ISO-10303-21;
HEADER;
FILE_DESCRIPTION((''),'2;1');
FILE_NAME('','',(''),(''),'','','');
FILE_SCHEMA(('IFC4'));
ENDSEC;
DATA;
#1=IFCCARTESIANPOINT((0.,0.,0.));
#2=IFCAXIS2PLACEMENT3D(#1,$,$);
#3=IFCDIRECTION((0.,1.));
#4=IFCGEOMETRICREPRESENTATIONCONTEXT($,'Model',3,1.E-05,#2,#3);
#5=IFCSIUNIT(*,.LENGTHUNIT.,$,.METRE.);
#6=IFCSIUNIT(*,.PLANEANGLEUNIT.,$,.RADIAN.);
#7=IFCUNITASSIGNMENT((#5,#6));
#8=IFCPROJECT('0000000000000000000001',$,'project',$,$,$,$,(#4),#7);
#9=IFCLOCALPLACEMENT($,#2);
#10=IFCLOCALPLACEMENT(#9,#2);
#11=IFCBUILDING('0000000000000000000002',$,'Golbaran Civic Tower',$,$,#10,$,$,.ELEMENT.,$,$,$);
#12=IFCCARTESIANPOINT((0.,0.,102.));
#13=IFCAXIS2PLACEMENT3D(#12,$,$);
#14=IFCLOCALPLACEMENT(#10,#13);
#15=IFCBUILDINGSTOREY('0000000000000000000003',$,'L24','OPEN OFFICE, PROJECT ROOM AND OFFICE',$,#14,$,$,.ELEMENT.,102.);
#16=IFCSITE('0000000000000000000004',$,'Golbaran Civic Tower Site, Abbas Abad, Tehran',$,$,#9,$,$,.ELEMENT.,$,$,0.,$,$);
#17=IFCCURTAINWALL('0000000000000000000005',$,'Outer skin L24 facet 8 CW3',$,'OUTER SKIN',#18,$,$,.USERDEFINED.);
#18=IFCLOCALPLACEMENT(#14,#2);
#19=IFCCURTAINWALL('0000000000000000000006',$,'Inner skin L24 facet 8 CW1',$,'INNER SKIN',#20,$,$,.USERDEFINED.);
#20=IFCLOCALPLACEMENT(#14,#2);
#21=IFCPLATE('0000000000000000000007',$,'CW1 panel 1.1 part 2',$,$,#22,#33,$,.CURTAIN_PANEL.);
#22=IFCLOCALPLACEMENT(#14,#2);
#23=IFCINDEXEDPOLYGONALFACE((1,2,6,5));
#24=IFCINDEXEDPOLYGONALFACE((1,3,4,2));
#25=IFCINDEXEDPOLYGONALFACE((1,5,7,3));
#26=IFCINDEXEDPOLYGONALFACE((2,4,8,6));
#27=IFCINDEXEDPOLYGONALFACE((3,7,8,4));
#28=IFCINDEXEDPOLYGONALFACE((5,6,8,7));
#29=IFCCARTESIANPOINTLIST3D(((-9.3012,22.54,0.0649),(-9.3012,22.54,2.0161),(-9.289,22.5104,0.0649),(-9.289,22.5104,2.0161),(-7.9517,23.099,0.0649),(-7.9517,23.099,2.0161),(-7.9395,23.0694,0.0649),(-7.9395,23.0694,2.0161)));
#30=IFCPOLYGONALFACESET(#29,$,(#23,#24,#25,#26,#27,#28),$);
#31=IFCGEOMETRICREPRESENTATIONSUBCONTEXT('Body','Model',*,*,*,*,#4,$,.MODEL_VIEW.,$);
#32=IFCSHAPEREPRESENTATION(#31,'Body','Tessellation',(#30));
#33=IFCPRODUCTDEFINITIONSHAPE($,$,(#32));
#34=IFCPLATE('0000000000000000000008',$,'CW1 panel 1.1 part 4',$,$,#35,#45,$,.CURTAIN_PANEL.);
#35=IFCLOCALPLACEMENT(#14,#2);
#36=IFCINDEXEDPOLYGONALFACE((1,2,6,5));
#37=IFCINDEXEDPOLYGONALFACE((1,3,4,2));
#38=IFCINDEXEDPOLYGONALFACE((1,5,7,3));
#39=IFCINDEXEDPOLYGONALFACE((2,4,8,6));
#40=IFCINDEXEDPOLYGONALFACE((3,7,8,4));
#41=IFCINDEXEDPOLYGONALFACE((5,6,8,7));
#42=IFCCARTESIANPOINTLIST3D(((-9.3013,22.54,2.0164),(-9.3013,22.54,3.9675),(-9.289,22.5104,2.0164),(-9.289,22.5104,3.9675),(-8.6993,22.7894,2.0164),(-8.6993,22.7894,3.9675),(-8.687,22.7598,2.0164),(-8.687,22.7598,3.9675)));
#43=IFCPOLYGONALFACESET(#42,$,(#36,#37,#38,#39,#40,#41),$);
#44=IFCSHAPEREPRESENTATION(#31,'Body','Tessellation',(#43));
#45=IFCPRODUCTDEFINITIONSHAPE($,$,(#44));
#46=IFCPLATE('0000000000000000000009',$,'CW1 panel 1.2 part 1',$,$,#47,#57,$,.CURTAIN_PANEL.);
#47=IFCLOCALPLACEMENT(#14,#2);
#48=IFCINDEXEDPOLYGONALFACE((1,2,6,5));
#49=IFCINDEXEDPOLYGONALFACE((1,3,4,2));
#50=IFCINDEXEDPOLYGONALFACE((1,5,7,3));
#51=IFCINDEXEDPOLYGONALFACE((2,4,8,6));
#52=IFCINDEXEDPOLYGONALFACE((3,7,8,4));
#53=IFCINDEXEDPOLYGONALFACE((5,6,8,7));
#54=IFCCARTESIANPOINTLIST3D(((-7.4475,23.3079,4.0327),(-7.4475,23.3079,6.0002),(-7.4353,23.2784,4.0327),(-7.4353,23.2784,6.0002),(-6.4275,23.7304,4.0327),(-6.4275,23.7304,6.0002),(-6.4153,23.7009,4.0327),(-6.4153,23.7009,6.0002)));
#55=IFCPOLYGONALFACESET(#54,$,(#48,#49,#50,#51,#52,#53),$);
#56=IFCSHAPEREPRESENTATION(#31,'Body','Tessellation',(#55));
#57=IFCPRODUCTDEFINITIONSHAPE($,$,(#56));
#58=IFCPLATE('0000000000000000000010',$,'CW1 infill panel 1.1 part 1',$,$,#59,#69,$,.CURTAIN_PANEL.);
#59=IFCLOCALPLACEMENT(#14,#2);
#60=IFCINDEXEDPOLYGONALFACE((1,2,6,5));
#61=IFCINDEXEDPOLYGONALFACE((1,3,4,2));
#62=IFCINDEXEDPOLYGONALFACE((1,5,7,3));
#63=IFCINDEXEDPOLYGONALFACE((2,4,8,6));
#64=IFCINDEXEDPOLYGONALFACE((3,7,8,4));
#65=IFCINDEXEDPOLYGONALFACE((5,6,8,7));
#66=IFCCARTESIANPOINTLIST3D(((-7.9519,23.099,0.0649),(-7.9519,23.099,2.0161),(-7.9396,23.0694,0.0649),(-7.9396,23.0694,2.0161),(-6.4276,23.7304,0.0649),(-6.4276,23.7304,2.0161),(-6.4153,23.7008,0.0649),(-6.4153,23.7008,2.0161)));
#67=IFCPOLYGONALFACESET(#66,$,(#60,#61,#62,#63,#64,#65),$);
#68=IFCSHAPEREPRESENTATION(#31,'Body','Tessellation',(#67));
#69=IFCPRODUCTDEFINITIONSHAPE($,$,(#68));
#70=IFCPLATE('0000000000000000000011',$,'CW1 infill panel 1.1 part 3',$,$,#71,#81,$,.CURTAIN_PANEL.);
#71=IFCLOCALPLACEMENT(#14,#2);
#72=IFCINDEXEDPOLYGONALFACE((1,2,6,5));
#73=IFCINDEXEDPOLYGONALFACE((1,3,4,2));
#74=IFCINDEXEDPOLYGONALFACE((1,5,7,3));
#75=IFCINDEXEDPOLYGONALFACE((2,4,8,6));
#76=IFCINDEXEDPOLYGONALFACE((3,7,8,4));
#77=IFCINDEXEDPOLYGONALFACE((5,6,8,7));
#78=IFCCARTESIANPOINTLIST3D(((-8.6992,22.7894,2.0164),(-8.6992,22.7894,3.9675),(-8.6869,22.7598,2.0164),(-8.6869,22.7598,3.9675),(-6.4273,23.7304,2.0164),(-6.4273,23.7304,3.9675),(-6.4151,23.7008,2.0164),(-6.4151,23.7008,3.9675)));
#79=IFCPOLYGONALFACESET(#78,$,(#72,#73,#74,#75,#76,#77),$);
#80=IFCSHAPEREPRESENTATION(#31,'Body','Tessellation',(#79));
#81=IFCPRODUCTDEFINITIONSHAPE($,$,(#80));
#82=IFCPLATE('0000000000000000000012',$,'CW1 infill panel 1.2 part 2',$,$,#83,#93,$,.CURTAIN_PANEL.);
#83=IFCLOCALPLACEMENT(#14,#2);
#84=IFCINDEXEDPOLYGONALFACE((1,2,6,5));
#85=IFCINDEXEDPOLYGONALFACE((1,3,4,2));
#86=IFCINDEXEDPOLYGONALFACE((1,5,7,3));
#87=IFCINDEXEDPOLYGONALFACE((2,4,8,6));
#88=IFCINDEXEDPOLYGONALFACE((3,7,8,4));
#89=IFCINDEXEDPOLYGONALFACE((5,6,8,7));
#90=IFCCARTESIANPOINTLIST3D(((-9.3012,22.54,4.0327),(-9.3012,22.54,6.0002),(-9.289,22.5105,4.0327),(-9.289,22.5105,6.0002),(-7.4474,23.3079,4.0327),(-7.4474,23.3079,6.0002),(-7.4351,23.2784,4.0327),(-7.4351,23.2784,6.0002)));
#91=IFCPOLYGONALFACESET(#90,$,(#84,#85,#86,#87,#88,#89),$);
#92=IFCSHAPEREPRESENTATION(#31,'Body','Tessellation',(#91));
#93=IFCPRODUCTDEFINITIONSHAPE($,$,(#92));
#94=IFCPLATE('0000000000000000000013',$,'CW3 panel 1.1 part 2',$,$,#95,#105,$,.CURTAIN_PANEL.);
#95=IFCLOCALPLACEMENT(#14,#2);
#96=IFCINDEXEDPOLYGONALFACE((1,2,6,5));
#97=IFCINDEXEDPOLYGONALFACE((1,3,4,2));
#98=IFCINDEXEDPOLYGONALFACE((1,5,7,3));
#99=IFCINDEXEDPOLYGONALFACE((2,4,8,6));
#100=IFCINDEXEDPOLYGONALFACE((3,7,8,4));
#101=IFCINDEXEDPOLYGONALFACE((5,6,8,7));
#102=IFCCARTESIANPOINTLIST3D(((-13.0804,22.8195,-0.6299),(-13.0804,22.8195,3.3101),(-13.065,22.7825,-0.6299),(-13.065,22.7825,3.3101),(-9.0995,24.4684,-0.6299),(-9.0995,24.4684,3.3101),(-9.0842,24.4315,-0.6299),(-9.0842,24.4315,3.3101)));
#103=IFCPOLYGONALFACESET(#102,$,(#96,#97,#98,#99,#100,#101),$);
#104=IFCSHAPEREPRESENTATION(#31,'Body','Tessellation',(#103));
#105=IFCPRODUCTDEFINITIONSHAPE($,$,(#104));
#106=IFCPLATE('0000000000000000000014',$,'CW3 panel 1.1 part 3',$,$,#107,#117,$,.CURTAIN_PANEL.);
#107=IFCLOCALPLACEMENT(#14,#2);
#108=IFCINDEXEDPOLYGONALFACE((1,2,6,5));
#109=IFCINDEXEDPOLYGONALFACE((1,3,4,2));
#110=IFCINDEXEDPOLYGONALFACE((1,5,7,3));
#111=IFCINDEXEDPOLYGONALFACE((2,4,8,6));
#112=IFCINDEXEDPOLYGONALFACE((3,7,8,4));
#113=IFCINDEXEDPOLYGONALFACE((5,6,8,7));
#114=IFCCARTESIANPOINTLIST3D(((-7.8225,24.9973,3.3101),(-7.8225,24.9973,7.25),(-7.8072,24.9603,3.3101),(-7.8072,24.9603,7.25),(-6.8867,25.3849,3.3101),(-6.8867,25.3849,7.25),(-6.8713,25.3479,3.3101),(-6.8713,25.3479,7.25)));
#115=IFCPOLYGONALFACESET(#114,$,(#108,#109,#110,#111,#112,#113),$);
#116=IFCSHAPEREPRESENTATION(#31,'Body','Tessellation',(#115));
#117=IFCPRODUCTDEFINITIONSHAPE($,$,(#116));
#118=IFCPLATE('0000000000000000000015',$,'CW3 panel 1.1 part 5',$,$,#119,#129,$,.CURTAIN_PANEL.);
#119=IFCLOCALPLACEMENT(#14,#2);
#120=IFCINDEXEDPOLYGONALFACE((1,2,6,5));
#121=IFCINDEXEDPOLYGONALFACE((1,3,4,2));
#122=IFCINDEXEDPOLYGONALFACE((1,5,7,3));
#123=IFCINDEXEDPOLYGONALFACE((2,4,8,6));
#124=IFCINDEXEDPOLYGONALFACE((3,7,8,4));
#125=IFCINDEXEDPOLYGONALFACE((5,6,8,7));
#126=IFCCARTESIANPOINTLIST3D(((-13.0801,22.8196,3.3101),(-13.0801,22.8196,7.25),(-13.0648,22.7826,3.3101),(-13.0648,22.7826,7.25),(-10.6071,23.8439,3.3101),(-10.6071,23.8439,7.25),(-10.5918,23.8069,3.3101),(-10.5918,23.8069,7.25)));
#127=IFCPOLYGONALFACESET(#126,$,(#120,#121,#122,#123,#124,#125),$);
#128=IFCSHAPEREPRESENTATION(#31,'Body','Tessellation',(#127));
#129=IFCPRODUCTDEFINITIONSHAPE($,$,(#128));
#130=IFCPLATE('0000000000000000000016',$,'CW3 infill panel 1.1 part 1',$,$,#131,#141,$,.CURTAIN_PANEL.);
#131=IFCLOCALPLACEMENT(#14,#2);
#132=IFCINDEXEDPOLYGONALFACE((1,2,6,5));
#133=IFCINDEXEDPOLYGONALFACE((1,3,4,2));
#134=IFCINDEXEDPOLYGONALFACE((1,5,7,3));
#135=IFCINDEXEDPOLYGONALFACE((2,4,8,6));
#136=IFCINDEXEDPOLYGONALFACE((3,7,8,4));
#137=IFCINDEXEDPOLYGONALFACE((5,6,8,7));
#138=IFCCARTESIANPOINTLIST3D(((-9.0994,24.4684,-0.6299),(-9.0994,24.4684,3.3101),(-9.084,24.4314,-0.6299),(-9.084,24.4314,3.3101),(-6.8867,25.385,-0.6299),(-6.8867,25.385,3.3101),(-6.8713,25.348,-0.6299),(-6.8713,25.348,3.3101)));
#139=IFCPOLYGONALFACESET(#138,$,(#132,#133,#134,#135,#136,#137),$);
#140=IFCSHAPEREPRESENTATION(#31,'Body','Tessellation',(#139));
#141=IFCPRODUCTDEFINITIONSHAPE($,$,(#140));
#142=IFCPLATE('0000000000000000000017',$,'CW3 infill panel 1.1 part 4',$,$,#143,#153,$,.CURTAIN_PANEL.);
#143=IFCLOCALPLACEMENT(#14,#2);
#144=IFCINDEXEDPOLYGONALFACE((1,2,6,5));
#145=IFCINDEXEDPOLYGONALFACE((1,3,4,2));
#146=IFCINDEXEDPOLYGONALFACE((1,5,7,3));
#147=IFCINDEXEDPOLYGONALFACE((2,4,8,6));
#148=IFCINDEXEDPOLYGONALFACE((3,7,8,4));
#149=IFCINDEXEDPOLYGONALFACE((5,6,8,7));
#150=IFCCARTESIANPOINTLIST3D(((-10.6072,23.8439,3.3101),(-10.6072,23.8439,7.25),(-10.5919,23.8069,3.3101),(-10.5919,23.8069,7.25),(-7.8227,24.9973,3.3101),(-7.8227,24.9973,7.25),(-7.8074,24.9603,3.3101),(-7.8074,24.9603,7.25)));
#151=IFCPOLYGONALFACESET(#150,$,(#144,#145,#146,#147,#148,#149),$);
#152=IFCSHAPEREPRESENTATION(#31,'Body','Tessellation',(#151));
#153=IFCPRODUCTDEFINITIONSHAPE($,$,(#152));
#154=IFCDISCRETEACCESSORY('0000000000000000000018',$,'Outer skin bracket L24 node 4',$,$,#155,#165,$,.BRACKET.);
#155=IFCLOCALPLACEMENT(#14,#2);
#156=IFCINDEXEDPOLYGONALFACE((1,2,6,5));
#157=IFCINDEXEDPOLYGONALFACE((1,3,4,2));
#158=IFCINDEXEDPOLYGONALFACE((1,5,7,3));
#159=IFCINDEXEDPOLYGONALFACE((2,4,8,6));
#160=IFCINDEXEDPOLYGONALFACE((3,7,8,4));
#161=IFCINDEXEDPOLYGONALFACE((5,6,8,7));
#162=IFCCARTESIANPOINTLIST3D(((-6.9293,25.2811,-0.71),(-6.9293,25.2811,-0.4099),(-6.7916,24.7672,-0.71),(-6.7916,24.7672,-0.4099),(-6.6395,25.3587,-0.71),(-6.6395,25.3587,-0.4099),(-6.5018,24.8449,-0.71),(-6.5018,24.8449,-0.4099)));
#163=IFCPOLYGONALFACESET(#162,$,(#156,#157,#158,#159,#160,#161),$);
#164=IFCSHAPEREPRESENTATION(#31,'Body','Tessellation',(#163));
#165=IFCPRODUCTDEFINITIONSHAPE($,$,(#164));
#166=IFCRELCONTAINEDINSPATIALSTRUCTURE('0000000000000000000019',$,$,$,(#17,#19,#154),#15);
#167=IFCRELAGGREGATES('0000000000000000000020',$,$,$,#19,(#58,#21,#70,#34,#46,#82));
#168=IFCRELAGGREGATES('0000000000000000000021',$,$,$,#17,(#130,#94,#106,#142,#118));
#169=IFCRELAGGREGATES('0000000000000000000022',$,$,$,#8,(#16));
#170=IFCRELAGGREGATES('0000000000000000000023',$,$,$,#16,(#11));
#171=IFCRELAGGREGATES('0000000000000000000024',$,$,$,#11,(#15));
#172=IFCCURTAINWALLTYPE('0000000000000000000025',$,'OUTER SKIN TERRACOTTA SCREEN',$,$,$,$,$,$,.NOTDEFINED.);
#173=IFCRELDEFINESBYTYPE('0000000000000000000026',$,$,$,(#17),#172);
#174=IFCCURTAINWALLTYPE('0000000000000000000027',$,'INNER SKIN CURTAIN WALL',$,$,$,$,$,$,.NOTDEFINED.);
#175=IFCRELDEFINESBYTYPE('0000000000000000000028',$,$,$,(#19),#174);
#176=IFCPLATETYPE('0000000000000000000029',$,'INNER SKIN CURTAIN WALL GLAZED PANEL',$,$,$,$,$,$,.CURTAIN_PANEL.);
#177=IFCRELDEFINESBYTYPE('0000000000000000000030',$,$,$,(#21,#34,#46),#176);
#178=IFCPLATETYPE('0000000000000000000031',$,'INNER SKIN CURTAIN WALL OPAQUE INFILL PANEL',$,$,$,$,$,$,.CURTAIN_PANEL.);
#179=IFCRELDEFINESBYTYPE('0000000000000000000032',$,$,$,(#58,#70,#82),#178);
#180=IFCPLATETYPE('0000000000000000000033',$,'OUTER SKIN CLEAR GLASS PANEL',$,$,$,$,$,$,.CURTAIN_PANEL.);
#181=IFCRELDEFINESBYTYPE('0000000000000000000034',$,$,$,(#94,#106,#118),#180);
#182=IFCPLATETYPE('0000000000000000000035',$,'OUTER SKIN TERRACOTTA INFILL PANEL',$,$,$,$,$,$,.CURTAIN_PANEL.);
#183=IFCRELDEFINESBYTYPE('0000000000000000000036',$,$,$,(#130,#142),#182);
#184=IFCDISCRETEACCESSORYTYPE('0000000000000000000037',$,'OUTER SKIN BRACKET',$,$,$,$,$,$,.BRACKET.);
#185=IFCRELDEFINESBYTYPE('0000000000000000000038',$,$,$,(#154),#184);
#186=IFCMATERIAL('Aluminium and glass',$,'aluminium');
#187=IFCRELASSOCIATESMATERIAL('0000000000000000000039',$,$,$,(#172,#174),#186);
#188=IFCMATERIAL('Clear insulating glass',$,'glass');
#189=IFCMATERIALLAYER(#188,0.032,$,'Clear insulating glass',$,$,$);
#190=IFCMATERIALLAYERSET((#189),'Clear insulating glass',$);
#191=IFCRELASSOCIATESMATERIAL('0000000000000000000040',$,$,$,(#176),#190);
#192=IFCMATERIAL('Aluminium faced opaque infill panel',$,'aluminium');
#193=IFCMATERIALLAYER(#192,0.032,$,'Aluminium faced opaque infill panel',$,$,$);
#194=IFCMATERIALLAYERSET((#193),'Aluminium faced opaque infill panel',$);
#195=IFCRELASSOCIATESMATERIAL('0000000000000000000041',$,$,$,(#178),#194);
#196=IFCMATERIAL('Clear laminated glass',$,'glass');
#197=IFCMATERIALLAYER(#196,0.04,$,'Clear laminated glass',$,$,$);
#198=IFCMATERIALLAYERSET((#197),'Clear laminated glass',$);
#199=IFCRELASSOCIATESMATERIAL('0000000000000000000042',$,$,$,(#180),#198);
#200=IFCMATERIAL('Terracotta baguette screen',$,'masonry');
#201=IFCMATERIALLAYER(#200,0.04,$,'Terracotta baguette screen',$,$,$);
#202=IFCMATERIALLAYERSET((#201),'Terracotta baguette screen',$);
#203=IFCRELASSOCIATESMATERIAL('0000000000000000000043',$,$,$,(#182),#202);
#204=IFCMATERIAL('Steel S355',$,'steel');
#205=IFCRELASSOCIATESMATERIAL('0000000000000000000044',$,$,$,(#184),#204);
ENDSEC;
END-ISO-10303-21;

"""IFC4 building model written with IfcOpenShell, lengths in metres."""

from ifc_helpers import new_model, si_unit, direction, frame, origin, origin_2d, place, context, subcontext, project, spatial, rectangle, extrude, material, layer, layer_set, type_object, element, aggregate, save


model = new_model("IFC4")

# Units and contexts
model_context = context("Model", 3, precision=1e-05, world=origin(), true_north=direction((0.0, 1.0)))
body_context = subcontext(model_context, "Body", "Model", "MODEL_VIEW")
ifc_project = project(units=[si_unit("LENGTHUNIT", "METRE"), si_unit("PLANEANGLEUNIT", "RADIAN")], contexts=[model_context])

# Site, building, storey
site_placement = place(None, origin())
site = spatial("IfcSite", under=ifc_project, at=site_placement, Name="Golbaran Civic Tower Site, Abbas Abad, Tehran", CompositionType="ELEMENT", RefElevation=0.0)
building_placement = place(site_placement, origin())
building = spatial("IfcBuilding", under=site, at=building_placement, Name="Golbaran Civic Tower", CompositionType="ELEMENT")
storey_placement = place(building_placement, frame((0.0, 0.0, 102.0)))
storey = spatial("IfcBuildingStorey", under=building, at=storey_placement, Name="L24", Description="OPEN OFFICE, PROJECT ROOM AND OFFICE", CompositionType="ELEMENT", Elevation=102.0)

# Shared definitions
ifc_material_1 = material(Name="Steel S355", Category="steel")

# Shared definitions
ifc_material_2 = material(Name="Aluminium and glass", Category="aluminium")
curtain_wall_type_1 = type_object("IfcCurtainWallType", Name="OUTER SKIN TERRACOTTA SCREEN", PredefinedType="NOTDEFINED", material=ifc_material_2)

# Curtain wall
curtain_wall_1_placement = place(storey_placement, origin())
curtain_wall_1 = element("IfcCurtainWall", 1, at=curtain_wall_1_placement, inside=storey, type_object=curtain_wall_type_1, Name="Outer skin L24 facet 8 CW3", ObjectType="OUTER SKIN", PredefinedType="USERDEFINED")

# Curtain wall, plates
curtain_wall_type_2 = type_object("IfcCurtainWallType", Name="INNER SKIN CURTAIN WALL", PredefinedType="NOTDEFINED", material=ifc_material_2)
curtain_wall_2_placement = place(storey_placement, origin())
curtain_wall_2 = element("IfcCurtainWall", 2, at=curtain_wall_2_placement, inside=storey, type_object=curtain_wall_type_2, Name="Inner skin L24 facet 8 CW1", ObjectType="INNER SKIN", PredefinedType="USERDEFINED")
ifc_material_3 = material(Name="Clear insulating glass", Category="glass")
ifc_layer_1 = layer(ifc_material_3, 0.032, Name="Clear insulating glass")
ifc_layer_set_1 = layer_set([ifc_layer_1], Name="Clear insulating glass")
plate_type_1 = type_object("IfcPlateType", Name="INNER SKIN CURTAIN WALL GLAZED PANEL", PredefinedType="CURTAIN_PANEL", material=ifc_layer_set_1)
plate_1_placement = place(storey_placement, frame((-8.6204, 22.8047, 0.0649), z_axis=(0.0, 0.0, 1.0), x_axis=(-0.92388, -0.382683, 0.0)))
plate_1 = element("IfcPlate", 3, at=plate_1_placement, type_object=plate_type_1, Name="CW1 panel 1.1 part 2", PredefinedType="CURTAIN_PANEL", context=body_context, shape_type="SweptSolid", body=[
    extrude(rectangle(XDim=1.4607, YDim=0.032, at=origin_2d()), origin(), (0.0, 0.0, 1.0), 1.9512),
])
plate_2_placement = place(storey_placement, frame((-8.9941, 22.6499, 2.0164), z_axis=(0.0, 0.0, 1.0), x_axis=(-0.92388, -0.382683, 0.0)))
plate_2 = element("IfcPlate", 4, at=plate_2_placement, type_object=plate_type_1, Name="CW1 panel 1.1 part 4", PredefinedType="CURTAIN_PANEL", context=body_context, shape_type="SweptSolid", body=[
    extrude(rectangle(XDim=0.6516, YDim=0.032, at=origin_2d()), origin(), (0.0, 0.0, 1.0), 1.9512),
])
plate_3_placement = place(storey_placement, frame((-6.9314, 23.5044, 4.0327), z_axis=(0.0, 0.0, 1.0), x_axis=(-0.92388, -0.382683, 0.0)))
plate_3 = element("IfcPlate", 5, at=plate_3_placement, type_object=plate_type_1, Name="CW1 panel 1.2 part 1", PredefinedType="CURTAIN_PANEL", context=body_context, shape_type="SweptSolid", body=[
    extrude(rectangle(XDim=1.104, YDim=0.032, at=origin_2d()), origin(), (0.0, 0.0, 1.0), 1.9675),
])
ifc_material_4 = material(Name="Aluminium faced opaque infill panel", Category="aluminium")
ifc_layer_2 = layer(ifc_material_4, 0.032, Name="Aluminium faced opaque infill panel")
ifc_layer_set_2 = layer_set([ifc_layer_2], Name="Aluminium faced opaque infill panel")
plate_type_2 = type_object("IfcPlateType", Name="INNER SKIN CURTAIN WALL OPAQUE INFILL PANEL", PredefinedType="CURTAIN_PANEL", material=ifc_layer_set_2)
plate_4_placement = place(storey_placement, frame((-7.1836, 23.3999, 0.0649), z_axis=(0.0, 0.0, 1.0), x_axis=(-0.92388, -0.382683, 0.0)))
plate_4 = element("IfcPlate", 6, at=plate_4_placement, type_object=plate_type_2, Name="CW1 infill panel 1.1 part 1", PredefinedType="CURTAIN_PANEL", context=body_context, shape_type="SweptSolid", body=[
    extrude(rectangle(XDim=1.6499, YDim=0.032, at=origin_2d()), origin(), (0.0, 0.0, 1.0), 1.9512),
])
plate_5_placement = place(storey_placement, frame((-7.5571, 23.2451, 2.0164), z_axis=(0.0, 0.0, 1.0), x_axis=(-0.92388, -0.382683, 0.0)))
plate_5 = element("IfcPlate", 7, at=plate_5_placement, type_object=plate_type_2, Name="CW1 infill panel 1.1 part 3", PredefinedType="CURTAIN_PANEL", context=body_context, shape_type="SweptSolid", body=[
    extrude(rectangle(XDim=2.459, YDim=0.032, at=origin_2d()), origin(), (0.0, 0.0, 1.0), 1.9512),
])
plate_6_placement = place(storey_placement, frame((-8.3682, 22.9092, 4.0327), z_axis=(0.0, 0.0, 1.0), x_axis=(-0.92388, -0.382683, 0.0)))
plate_6 = element("IfcPlate", 8, at=plate_6_placement, type_object=plate_type_2, Name="CW1 infill panel 1.2 part 2", PredefinedType="CURTAIN_PANEL", context=body_context, shape_type="SweptSolid", body=[
    extrude(rectangle(XDim=2.0066, YDim=0.032, at=origin_2d()), origin(), (0.0, 0.0, 1.0), 1.9675),
])
aggregate(curtain_wall_2, [plate_4, plate_1, plate_5, plate_2, plate_3, plate_6])

# Plates
ifc_material_5 = material(Name="Clear laminated glass", Category="glass")
ifc_layer_3 = layer(ifc_material_5, 0.04, Name="Clear laminated glass")
ifc_layer_set_3 = layer_set([ifc_layer_3], Name="Clear laminated glass")
plate_type_3 = type_object("IfcPlateType", Name="OUTER SKIN CLEAR GLASS PANEL", PredefinedType="CURTAIN_PANEL", material=ifc_layer_set_3)
plate_7_placement = place(storey_placement, frame((-11.0823, 23.6255, -0.6299), z_axis=(0.0, 0.0, 1.0), x_axis=(-0.92388, -0.382683, 0.0)))
plate_7 = element("IfcPlate", 9, at=plate_7_placement, type_object=plate_type_3, Name="CW3 panel 1.1 part 2", PredefinedType="CURTAIN_PANEL", context=body_context, shape_type="SweptSolid", body=[
    extrude(rectangle(XDim=4.3088, YDim=0.04, at=origin_2d()), origin(), (0.0, 0.0, 1.0), 3.9399),
])
plate_8_placement = place(storey_placement, frame((-7.3469, 25.1726, 3.3101), z_axis=(0.0, 0.0, 1.0), x_axis=(-0.92388, -0.382683, 0.0)))
plate_8 = element("IfcPlate", 10, at=plate_8_placement, type_object=plate_type_3, Name="CW3 panel 1.1 part 3", PredefinedType="CURTAIN_PANEL", context=body_context, shape_type="SweptSolid", body=[
    extrude(rectangle(XDim=1.0129, YDim=0.04, at=origin_2d()), origin(), (0.0, 0.0, 1.0), 3.9399),
])
plate_9_placement = place(storey_placement, frame((-11.8359, 23.3132, 3.3101), z_axis=(0.0, 0.0, 1.0), x_axis=(-0.92388, -0.382683, 0.0)))
plate_9 = element("IfcPlate", 11, at=plate_9_placement, type_object=plate_type_3, Name="CW3 panel 1.1 part 5", PredefinedType="CURTAIN_PANEL", context=body_context, shape_type="SweptSolid", body=[
    extrude(rectangle(XDim=2.6768, YDim=0.04, at=origin_2d()), origin(), (0.0, 0.0, 1.0), 3.9399),
])
ifc_material_6 = material(Name="Terracotta baguette screen", Category="masonry")
ifc_layer_4 = layer(ifc_material_6, 0.04, Name="Terracotta baguette screen")
ifc_layer_set_4 = layer_set([ifc_layer_4], Name="Terracotta baguette screen")
plate_type_4 = type_object("IfcPlateType", Name="OUTER SKIN TERRACOTTA INFILL PANEL", PredefinedType="CURTAIN_PANEL", material=ifc_layer_set_4)
plate_10_placement = place(storey_placement, frame((-7.9854, 24.9082, -0.6299), z_axis=(0.0, 0.0, 1.0), x_axis=(-0.92388, -0.382683, 0.0)))
plate_10 = element("IfcPlate", 12, at=plate_10_placement, type_object=plate_type_4, Name="CW3 infill panel 1.1 part 1", PredefinedType="CURTAIN_PANEL", context=body_context, shape_type="SweptSolid", body=[
    extrude(rectangle(XDim=2.395, YDim=0.04, at=origin_2d()), origin(), (0.0, 0.0, 1.0), 3.9399),
])
plate_11_placement = place(storey_placement, frame((-9.2073, 24.4021, 3.3101), z_axis=(0.0, 0.0, 1.0), x_axis=(-0.92388, -0.382683, 0.0)))
plate_11 = element("IfcPlate", 13, at=plate_11_placement, type_object=plate_type_4, Name="CW3 infill panel 1.1 part 4", PredefinedType="CURTAIN_PANEL", context=body_context, shape_type="SweptSolid", body=[
    extrude(rectangle(XDim=3.0139, YDim=0.04, at=origin_2d()), origin(), (0.0, 0.0, 1.0), 3.9399),
])
aggregate(curtain_wall_1, [plate_10, plate_7, plate_8, plate_11, plate_9])

# Discrete accessory
discrete_accessory_type = type_object("IfcDiscreteAccessoryType", Name="OUTER SKIN BRACKET", PredefinedType="BRACKET", material=ifc_material_1)
discrete_accessory_placement = place(storey_placement, frame((-6.7156, 25.063, -0.71), z_axis=(0.0, 0.0, 1.0), x_axis=(-0.258819, 0.965926, 0.0)))
element("IfcDiscreteAccessory", 14, at=discrete_accessory_placement, inside=storey, type_object=discrete_accessory_type, Name="Outer skin bracket L24 node 4", PredefinedType="BRACKET", context=body_context, shape_type="SweptSolid", body=[
    extrude(rectangle(XDim=0.532, YDim=0.3, at=origin_2d()), origin(), (0.0, 0.0, 1.0), 0.3),
])

save(model, "model.ifc")
